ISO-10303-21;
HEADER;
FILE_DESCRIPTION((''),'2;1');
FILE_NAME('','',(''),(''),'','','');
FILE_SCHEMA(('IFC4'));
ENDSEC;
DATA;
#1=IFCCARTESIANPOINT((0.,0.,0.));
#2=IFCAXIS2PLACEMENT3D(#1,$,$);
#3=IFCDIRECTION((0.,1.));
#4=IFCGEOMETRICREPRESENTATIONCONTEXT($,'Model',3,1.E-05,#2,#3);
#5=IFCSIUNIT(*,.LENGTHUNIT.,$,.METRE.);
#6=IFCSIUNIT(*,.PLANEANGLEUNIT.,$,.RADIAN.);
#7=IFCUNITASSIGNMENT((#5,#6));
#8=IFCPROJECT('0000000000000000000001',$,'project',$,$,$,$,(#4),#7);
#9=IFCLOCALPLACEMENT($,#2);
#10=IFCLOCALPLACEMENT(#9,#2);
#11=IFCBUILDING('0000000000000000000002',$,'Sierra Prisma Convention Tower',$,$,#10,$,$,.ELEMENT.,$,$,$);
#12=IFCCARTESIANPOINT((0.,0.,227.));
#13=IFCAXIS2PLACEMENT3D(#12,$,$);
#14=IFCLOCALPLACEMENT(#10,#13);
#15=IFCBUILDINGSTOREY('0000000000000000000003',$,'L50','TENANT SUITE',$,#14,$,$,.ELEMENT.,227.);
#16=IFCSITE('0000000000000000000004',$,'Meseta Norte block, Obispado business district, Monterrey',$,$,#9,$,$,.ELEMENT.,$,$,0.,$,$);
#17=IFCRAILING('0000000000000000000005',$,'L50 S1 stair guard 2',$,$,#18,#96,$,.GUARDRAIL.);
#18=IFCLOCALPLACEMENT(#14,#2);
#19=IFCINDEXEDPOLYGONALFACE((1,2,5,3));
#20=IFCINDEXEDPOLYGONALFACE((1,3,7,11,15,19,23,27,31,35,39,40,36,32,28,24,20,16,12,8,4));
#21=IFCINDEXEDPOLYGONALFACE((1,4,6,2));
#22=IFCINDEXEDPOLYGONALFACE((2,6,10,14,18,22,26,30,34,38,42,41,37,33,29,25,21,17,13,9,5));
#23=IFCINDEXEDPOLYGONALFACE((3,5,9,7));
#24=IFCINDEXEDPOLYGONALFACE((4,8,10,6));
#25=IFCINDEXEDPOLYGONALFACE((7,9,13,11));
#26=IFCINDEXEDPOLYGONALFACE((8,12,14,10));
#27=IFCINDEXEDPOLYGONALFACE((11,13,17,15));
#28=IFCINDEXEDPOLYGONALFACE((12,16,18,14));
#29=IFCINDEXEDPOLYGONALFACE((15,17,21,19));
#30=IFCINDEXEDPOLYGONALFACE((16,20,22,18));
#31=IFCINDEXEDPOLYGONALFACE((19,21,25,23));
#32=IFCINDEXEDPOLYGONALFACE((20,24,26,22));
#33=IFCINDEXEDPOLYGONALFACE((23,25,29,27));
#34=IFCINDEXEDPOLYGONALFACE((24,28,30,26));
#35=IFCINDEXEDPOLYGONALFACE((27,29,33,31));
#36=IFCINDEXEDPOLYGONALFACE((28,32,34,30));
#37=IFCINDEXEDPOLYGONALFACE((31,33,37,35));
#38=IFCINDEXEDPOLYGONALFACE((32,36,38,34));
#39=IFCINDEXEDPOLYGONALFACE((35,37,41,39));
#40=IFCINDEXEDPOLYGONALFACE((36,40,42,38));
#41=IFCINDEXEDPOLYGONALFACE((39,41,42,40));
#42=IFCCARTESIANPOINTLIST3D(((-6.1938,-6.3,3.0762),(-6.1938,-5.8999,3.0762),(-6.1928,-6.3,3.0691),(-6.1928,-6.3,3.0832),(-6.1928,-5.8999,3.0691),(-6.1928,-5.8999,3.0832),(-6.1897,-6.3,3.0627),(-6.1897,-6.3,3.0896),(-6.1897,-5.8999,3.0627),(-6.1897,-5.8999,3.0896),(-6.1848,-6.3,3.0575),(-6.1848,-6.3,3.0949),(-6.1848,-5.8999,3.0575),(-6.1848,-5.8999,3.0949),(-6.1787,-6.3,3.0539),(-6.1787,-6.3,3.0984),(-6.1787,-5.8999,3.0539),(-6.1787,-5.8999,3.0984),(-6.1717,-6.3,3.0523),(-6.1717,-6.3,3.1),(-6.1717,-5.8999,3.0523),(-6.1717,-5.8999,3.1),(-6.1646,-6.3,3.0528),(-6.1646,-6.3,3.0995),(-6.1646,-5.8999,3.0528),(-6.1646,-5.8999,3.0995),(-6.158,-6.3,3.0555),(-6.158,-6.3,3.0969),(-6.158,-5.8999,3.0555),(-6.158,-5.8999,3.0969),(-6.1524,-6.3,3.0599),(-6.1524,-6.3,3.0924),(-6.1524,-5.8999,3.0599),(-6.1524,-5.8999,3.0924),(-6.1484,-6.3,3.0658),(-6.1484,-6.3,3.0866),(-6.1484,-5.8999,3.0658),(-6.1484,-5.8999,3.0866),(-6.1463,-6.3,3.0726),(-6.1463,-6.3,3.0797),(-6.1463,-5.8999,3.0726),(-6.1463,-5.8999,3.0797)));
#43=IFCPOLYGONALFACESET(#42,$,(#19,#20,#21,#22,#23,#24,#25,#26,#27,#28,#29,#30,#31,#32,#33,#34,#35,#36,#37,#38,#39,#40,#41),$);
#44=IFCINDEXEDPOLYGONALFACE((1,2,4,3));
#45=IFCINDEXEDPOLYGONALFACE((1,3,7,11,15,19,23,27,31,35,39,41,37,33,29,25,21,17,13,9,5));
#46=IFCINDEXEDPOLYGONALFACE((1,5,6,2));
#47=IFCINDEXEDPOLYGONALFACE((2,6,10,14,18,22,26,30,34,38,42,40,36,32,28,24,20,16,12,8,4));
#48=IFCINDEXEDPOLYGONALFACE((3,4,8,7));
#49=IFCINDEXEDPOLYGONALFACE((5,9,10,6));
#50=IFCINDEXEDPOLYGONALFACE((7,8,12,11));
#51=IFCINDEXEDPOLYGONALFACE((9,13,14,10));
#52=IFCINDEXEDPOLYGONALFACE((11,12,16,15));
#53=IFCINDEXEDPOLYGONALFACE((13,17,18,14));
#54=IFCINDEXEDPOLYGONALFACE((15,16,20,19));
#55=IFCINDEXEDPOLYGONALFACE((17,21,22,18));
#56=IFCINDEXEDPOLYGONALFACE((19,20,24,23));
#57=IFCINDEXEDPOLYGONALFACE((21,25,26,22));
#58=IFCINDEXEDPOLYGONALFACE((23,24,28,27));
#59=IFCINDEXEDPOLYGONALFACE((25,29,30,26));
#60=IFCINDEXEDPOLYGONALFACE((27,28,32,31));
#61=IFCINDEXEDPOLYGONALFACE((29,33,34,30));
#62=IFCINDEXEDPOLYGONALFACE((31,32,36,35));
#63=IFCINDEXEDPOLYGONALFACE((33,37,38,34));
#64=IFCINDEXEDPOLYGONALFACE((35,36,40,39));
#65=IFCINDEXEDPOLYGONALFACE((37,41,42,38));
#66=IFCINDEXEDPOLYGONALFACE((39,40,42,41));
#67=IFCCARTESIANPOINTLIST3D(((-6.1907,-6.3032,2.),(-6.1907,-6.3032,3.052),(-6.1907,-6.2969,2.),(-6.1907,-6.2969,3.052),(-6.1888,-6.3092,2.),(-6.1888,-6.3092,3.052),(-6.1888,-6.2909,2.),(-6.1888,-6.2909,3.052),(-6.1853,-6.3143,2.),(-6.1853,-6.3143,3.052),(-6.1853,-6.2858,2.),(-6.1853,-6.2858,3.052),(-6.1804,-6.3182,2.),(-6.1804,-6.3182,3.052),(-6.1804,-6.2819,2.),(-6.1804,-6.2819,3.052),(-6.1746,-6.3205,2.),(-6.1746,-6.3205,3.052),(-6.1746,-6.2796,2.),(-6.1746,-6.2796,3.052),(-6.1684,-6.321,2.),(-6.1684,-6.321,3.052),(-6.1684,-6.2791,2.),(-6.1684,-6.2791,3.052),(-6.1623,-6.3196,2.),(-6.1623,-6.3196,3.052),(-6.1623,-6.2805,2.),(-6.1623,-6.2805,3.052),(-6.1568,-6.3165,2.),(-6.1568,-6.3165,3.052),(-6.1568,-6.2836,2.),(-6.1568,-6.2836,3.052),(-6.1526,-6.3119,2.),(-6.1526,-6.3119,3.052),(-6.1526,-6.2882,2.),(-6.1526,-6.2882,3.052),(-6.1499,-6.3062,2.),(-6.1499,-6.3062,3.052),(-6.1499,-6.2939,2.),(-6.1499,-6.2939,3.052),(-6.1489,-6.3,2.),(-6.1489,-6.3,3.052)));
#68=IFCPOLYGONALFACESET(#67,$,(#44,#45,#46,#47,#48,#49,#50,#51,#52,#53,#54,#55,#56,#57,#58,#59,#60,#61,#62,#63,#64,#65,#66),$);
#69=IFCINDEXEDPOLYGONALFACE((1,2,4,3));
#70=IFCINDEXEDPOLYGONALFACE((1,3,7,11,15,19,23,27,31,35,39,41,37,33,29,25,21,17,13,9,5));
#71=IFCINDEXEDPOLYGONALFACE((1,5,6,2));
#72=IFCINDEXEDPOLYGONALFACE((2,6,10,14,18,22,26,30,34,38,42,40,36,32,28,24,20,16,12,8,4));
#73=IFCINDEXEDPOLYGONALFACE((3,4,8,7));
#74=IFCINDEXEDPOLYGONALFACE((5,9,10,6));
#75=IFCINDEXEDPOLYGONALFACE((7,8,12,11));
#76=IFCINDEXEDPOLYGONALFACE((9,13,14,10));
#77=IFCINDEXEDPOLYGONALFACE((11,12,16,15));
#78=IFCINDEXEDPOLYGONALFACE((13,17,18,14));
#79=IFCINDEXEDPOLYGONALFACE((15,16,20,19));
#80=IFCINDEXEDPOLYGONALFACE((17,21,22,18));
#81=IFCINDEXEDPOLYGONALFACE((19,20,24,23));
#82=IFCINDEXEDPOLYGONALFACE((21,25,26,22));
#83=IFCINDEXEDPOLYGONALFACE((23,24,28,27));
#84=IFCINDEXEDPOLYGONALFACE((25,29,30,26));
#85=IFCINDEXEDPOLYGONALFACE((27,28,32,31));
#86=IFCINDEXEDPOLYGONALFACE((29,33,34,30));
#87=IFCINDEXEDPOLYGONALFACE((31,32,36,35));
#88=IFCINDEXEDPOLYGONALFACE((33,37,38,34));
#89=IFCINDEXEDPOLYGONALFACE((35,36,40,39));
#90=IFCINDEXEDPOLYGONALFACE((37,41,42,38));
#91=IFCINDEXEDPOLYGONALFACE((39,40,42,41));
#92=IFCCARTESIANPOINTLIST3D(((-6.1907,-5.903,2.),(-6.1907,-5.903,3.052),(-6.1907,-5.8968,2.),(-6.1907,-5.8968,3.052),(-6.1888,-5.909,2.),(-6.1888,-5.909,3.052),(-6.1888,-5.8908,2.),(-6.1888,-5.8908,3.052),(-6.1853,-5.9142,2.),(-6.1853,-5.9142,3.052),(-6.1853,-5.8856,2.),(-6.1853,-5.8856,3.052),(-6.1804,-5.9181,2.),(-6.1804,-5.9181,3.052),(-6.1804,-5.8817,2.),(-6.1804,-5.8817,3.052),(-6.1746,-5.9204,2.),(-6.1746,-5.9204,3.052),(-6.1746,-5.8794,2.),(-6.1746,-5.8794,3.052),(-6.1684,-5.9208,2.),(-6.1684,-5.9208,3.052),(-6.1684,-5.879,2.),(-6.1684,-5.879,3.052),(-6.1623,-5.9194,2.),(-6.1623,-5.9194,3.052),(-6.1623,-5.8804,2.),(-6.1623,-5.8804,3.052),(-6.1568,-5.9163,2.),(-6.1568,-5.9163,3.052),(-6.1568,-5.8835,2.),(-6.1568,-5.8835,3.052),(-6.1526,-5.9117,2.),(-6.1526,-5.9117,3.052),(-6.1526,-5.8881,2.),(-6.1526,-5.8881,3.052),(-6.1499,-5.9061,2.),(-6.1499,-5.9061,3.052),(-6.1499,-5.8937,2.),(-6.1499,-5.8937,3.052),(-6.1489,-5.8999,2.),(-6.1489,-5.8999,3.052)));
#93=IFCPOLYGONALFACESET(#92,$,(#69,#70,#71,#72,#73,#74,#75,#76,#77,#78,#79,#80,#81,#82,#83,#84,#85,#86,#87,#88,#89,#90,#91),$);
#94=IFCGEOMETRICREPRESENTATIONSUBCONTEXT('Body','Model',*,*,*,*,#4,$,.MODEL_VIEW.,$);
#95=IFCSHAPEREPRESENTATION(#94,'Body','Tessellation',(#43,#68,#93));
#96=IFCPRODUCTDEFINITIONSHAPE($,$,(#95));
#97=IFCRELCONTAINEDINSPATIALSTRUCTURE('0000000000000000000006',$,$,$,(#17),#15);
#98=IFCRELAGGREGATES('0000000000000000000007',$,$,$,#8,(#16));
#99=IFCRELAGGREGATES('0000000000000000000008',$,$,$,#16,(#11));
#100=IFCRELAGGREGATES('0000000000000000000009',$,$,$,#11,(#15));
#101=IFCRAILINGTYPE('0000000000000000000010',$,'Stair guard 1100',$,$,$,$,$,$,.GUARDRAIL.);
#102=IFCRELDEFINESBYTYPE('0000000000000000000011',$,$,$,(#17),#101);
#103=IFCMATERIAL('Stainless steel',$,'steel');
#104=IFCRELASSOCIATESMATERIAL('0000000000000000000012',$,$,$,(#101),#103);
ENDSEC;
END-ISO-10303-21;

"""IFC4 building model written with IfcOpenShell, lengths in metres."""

from ifc_helpers import new_model, si_unit, direction, frame, origin, origin_2d, place, context, subcontext, project, spatial, circle, extrude, material, type_object, element, save


model = new_model("IFC4")

# Units and contexts
model_context = context("Model", 3, precision=1e-05, world=origin(), true_north=direction((0.0, 1.0)))
body_context = subcontext(model_context, "Body", "Model", "MODEL_VIEW")
ifc_project = project(units=[si_unit("LENGTHUNIT", "METRE"), si_unit("PLANEANGLEUNIT", "RADIAN")], contexts=[model_context])

# Site, building, storey
site_placement = place(None, origin())
site = spatial("IfcSite", under=ifc_project, at=site_placement, Name="Meseta Norte block, Obispado business district, Monterrey", CompositionType="ELEMENT", RefElevation=0.0)
building_placement = place(site_placement, origin())
building = spatial("IfcBuilding", under=site, at=building_placement, Name="Sierra Prisma Convention Tower", CompositionType="ELEMENT")
storey_placement = place(building_placement, frame((0.0, 0.0, 227.0)))
storey = spatial("IfcBuildingStorey", under=building, at=storey_placement, Name="L50", Description="TENANT SUITE", CompositionType="ELEMENT", Elevation=227.0)

# Railing
ifc_material_1 = material(Name="Stainless steel", Category="steel")
railing_type_1 = type_object("IfcRailingType", Name="Stair guard 1100", PredefinedType="GUARDRAIL", material=ifc_material_1)
railing_1_placement = place(storey_placement, frame((-6.1699, -6.3, 2.0)))
element("IfcRailing", 1, at=railing_1_placement, inside=storey, type_object=railing_type_1, Name="L50 S1 stair guard 2", PredefinedType="GUARDRAIL", context=body_context, shape_type="SweptSolid", body=[
    extrude(circle(Radius=0.0239, at=origin_2d()), frame((0.0, 0.0, 1.0762), z_axis=(0.0, 1.0, 0.0), x_axis=(-1.0, 0.0, 0.0)), (0.0, 0.0, 1.0), 0.4001),
    extrude(circle(Radius=0.021, at=origin_2d()), origin(), (0.0, 0.0, 1.0), 1.052),
    extrude(circle(Radius=0.021, at=origin_2d()), frame((0.0, 0.4001, 0.0)), (0.0, 0.0, 1.0), 1.052),
])

save(model, "model.ifc")
